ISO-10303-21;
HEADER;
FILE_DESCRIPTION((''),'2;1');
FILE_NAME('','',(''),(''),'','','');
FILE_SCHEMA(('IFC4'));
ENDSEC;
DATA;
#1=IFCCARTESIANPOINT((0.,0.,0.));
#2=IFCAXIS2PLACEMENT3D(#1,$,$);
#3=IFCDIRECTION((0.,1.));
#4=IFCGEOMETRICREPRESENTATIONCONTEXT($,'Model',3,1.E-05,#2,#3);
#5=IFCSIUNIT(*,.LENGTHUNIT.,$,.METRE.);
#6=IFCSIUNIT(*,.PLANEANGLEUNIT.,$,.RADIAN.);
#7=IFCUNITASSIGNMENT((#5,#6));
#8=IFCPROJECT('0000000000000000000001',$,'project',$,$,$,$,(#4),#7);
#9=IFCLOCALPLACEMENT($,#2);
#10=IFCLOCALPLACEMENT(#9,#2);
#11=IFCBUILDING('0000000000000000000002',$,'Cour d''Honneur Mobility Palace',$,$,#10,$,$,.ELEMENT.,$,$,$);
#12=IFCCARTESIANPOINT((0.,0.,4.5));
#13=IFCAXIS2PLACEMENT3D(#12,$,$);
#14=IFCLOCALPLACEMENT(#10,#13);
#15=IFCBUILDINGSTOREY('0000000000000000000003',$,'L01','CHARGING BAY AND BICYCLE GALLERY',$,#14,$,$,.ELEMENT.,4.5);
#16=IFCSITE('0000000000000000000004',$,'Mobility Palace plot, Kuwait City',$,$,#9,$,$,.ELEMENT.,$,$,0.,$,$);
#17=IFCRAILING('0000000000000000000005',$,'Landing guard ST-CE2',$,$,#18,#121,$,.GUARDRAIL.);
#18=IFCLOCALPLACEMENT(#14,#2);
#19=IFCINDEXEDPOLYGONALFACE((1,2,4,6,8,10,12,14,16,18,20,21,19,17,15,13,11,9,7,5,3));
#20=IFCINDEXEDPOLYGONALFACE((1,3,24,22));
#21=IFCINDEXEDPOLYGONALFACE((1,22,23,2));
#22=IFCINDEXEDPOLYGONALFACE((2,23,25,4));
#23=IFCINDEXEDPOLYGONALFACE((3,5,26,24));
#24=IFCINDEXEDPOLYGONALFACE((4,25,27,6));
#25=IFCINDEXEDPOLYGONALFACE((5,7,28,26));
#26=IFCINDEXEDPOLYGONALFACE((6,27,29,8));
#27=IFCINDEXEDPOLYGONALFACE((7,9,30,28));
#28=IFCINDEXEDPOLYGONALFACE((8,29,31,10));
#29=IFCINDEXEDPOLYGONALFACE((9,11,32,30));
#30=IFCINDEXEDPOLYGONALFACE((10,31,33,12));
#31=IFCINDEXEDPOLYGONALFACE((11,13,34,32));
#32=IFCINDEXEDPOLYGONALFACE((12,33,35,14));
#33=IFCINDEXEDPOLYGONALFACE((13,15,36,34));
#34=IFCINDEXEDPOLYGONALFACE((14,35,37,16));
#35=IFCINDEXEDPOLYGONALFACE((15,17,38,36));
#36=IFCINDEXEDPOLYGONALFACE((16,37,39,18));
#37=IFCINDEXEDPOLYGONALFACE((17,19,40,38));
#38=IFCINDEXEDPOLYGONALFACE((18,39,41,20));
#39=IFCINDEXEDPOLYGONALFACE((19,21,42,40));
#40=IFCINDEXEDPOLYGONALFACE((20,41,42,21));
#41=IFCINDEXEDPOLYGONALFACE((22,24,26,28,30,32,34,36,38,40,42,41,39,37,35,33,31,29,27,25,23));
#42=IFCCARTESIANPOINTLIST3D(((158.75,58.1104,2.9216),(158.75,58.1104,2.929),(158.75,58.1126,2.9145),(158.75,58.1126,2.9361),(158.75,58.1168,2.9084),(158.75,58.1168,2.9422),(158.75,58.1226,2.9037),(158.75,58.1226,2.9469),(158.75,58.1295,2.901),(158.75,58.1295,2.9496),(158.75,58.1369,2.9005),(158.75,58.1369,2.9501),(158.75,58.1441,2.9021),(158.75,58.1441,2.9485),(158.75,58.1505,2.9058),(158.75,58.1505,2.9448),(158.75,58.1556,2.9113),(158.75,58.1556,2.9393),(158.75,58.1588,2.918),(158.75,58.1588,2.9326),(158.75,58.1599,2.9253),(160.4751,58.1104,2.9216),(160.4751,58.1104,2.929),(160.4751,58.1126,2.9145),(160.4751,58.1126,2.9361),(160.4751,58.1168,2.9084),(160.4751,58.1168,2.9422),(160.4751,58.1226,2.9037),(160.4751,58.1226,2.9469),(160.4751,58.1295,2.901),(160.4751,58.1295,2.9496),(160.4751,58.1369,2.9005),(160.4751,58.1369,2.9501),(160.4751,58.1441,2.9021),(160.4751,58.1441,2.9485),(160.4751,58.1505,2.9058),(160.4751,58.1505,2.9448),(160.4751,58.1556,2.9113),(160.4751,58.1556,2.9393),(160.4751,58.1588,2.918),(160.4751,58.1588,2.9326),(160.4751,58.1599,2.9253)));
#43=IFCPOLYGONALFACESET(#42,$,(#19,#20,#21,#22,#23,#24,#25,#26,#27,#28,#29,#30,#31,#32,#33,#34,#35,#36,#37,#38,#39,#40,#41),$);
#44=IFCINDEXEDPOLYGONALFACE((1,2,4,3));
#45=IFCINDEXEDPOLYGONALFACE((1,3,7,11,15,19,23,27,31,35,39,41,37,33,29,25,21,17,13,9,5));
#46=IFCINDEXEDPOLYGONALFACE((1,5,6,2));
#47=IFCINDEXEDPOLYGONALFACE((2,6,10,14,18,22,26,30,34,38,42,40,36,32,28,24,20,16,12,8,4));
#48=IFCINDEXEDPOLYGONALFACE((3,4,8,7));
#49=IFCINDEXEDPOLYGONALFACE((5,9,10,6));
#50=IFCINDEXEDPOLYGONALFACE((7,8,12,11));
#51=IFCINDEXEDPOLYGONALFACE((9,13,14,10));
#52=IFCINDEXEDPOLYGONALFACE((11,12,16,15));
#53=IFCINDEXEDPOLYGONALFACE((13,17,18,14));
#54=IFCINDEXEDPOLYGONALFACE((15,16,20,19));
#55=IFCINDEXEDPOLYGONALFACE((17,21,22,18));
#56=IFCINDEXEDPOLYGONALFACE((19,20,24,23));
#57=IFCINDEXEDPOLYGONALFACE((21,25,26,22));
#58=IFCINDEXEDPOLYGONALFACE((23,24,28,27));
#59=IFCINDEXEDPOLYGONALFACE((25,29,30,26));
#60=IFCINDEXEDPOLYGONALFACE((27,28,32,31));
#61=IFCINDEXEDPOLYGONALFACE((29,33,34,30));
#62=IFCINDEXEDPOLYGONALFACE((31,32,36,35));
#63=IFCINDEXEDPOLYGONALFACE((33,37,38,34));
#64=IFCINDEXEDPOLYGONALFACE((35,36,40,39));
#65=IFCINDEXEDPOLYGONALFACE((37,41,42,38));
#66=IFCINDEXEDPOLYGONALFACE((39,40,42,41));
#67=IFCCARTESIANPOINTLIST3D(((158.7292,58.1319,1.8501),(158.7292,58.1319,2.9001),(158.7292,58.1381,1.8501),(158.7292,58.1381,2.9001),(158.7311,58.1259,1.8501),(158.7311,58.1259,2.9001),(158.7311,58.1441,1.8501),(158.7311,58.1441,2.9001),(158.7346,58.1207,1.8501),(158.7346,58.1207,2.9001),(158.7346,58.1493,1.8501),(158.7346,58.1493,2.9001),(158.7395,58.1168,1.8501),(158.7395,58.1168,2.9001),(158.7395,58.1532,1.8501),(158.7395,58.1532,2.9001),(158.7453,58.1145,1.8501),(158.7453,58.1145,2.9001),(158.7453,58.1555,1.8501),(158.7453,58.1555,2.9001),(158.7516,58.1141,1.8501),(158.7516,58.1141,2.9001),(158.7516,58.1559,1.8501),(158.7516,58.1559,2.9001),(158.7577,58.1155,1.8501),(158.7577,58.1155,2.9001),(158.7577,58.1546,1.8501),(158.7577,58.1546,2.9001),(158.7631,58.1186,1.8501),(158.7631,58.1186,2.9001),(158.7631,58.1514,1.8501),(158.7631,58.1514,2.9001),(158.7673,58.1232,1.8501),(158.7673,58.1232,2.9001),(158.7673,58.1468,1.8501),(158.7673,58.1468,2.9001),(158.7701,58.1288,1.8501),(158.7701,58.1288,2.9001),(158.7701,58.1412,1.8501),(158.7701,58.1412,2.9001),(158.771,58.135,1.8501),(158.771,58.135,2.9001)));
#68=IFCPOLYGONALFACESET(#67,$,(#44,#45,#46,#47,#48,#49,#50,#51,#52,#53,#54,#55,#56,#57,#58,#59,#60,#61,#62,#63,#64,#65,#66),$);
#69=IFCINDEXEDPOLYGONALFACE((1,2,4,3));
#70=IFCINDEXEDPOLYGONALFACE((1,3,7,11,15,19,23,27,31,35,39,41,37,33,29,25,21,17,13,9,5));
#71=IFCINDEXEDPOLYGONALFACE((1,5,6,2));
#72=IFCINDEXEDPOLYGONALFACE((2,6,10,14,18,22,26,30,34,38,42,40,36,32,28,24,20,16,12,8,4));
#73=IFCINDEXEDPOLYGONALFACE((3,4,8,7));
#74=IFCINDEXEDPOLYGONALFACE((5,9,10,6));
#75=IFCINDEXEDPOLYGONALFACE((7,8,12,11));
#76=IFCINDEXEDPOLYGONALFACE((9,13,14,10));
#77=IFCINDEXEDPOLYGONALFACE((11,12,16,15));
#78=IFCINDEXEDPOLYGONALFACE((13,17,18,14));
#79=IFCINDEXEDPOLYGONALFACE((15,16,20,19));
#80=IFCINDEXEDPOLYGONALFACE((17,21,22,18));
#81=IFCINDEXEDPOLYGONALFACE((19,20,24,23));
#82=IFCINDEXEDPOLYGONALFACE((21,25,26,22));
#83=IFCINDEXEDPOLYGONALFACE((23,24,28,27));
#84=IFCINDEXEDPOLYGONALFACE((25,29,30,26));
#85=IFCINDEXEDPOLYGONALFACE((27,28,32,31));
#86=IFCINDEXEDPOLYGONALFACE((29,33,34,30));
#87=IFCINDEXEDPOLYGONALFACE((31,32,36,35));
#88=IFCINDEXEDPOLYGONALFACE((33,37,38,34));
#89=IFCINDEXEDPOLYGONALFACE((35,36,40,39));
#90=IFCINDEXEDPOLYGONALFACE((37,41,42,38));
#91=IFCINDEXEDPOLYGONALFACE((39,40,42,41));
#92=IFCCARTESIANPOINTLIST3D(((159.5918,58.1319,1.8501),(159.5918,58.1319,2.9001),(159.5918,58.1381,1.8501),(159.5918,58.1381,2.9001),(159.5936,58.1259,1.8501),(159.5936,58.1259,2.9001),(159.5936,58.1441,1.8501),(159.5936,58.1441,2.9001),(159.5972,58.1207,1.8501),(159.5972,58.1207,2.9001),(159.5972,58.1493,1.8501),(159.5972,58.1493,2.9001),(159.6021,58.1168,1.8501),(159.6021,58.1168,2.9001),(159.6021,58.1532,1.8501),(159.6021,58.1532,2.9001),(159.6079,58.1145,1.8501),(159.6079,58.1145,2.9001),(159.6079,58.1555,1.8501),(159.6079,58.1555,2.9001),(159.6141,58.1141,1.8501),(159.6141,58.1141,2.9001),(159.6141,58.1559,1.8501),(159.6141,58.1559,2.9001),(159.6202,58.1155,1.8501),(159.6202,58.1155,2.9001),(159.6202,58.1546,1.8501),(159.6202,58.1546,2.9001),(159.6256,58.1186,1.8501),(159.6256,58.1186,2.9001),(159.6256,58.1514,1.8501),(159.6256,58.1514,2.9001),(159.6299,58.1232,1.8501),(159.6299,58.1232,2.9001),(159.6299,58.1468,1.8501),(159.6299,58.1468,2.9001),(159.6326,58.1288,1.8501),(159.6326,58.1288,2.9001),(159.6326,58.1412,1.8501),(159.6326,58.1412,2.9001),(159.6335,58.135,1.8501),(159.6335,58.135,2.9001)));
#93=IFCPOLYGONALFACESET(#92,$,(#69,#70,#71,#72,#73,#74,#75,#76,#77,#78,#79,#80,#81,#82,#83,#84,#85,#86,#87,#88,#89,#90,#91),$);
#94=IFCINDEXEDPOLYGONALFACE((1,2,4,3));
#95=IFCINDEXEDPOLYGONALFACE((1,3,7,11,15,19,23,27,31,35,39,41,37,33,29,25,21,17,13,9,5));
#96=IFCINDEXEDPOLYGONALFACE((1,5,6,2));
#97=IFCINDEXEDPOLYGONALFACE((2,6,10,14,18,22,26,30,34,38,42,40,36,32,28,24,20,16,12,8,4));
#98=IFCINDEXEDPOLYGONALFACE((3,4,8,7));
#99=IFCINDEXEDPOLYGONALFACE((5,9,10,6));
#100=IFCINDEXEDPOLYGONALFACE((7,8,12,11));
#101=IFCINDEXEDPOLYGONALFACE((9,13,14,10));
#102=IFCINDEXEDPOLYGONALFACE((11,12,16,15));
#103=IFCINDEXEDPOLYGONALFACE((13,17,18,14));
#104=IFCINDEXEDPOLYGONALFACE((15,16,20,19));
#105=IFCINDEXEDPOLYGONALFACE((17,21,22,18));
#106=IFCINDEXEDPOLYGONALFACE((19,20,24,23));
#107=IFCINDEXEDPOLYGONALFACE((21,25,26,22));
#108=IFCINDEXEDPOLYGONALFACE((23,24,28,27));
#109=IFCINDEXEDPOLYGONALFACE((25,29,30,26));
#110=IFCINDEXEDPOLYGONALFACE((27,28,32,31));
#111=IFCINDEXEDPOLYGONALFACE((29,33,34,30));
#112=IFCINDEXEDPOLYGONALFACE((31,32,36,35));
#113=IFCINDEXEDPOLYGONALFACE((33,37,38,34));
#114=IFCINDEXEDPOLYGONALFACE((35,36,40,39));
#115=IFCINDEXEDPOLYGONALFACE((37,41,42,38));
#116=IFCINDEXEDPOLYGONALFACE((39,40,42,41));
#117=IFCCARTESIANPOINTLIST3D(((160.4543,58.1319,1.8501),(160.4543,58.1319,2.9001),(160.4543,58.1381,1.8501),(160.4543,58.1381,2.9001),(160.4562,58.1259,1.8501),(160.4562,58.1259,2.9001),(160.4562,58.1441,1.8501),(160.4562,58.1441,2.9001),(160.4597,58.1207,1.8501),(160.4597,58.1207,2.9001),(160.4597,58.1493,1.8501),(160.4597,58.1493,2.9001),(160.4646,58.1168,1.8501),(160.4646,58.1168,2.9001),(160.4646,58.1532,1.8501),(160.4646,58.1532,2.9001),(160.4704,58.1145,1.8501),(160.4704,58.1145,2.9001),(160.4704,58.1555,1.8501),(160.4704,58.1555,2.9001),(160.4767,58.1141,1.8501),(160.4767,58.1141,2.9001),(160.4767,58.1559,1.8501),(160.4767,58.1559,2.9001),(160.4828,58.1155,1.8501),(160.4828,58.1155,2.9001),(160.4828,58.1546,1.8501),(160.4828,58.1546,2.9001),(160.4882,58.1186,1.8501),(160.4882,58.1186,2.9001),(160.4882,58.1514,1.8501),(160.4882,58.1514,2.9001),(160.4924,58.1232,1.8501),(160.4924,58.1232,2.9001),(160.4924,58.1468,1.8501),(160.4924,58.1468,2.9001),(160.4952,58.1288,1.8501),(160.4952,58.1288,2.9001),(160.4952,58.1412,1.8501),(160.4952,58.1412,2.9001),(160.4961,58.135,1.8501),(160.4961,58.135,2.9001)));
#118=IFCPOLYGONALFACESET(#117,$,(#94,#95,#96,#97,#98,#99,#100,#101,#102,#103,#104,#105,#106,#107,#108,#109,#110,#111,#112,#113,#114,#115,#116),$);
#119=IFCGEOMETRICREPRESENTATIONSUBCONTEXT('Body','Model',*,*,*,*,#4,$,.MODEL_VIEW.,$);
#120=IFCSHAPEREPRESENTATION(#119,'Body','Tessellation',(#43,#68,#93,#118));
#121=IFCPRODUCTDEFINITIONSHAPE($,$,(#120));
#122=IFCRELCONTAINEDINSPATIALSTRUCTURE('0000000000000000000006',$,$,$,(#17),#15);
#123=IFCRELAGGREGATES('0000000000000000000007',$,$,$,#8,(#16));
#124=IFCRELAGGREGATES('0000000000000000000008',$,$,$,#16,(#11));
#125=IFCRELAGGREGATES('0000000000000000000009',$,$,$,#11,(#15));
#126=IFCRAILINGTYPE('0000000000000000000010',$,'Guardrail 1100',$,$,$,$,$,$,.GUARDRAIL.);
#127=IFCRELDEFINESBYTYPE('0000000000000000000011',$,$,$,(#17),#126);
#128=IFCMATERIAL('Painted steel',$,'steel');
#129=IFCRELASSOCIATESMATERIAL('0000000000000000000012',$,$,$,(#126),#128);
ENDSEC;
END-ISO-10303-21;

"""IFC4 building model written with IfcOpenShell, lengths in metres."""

from ifc_helpers import new_model, si_unit, direction, frame, origin, origin_2d, place, context, subcontext, project, spatial, circle, extrude, material, type_object, element, save


model = new_model("IFC4")

# Units and contexts
model_context = context("Model", 3, precision=1e-05, world=origin(), true_north=direction((0.0, 1.0)))
body_context = subcontext(model_context, "Body", "Model", "MODEL_VIEW")
ifc_project = project(units=[si_unit("LENGTHUNIT", "METRE"), si_unit("PLANEANGLEUNIT", "RADIAN")], contexts=[model_context])

# Site, building, storey
site_placement = place(None, origin())
site = spatial("IfcSite", under=ifc_project, at=site_placement, Name="Mobility Palace plot, Kuwait City", CompositionType="ELEMENT", RefElevation=0.0)
building_placement = place(site_placement, origin())
building = spatial("IfcBuilding", under=site, at=building_placement, Name="Cour d'Honneur Mobility Palace", CompositionType="ELEMENT")
storey_placement = place(building_placement, frame((0.0, 0.0, 4.5)))
storey = spatial("IfcBuildingStorey", under=building, at=storey_placement, Name="L01", Description="CHARGING BAY AND BICYCLE GALLERY", CompositionType="ELEMENT", Elevation=4.5)

# Railing
ifc_material_1 = material(Name="Painted steel", Category="steel")
railing_type_1 = type_object("IfcRailingType", Name="Guardrail 1100", PredefinedType="GUARDRAIL", material=ifc_material_1)
railing_1_placement = place(storey_placement, frame((158.75, 58.135, 1.8501)))
element("IfcRailing", 1, at=railing_1_placement, inside=storey, type_object=railing_type_1, Name="Landing guard ST-CE2", PredefinedType="GUARDRAIL", context=body_context, shape_type="SweptSolid", body=[
    extrude(circle(Radius=0.0249, at=origin_2d()), frame((0.0, 0.0, 1.0752), z_axis=(1.0, 0.0, 0.0), x_axis=(0.0, 1.0, 0.0)), (0.0, 0.0, 1.0), 1.7251),
    extrude(circle(Radius=0.021, at=origin_2d()), origin(), (0.0, 0.0, 1.0), 1.05),
    extrude(circle(Radius=0.021, at=origin_2d()), frame((0.8625, 0.0, 0.0)), (0.0, 0.0, 1.0), 1.05),
    extrude(circle(Radius=0.021, at=origin_2d()), frame((1.7251, 0.0, 0.0)), (0.0, 0.0, 1.0), 1.05),
])

save(model, "model.ifc")
